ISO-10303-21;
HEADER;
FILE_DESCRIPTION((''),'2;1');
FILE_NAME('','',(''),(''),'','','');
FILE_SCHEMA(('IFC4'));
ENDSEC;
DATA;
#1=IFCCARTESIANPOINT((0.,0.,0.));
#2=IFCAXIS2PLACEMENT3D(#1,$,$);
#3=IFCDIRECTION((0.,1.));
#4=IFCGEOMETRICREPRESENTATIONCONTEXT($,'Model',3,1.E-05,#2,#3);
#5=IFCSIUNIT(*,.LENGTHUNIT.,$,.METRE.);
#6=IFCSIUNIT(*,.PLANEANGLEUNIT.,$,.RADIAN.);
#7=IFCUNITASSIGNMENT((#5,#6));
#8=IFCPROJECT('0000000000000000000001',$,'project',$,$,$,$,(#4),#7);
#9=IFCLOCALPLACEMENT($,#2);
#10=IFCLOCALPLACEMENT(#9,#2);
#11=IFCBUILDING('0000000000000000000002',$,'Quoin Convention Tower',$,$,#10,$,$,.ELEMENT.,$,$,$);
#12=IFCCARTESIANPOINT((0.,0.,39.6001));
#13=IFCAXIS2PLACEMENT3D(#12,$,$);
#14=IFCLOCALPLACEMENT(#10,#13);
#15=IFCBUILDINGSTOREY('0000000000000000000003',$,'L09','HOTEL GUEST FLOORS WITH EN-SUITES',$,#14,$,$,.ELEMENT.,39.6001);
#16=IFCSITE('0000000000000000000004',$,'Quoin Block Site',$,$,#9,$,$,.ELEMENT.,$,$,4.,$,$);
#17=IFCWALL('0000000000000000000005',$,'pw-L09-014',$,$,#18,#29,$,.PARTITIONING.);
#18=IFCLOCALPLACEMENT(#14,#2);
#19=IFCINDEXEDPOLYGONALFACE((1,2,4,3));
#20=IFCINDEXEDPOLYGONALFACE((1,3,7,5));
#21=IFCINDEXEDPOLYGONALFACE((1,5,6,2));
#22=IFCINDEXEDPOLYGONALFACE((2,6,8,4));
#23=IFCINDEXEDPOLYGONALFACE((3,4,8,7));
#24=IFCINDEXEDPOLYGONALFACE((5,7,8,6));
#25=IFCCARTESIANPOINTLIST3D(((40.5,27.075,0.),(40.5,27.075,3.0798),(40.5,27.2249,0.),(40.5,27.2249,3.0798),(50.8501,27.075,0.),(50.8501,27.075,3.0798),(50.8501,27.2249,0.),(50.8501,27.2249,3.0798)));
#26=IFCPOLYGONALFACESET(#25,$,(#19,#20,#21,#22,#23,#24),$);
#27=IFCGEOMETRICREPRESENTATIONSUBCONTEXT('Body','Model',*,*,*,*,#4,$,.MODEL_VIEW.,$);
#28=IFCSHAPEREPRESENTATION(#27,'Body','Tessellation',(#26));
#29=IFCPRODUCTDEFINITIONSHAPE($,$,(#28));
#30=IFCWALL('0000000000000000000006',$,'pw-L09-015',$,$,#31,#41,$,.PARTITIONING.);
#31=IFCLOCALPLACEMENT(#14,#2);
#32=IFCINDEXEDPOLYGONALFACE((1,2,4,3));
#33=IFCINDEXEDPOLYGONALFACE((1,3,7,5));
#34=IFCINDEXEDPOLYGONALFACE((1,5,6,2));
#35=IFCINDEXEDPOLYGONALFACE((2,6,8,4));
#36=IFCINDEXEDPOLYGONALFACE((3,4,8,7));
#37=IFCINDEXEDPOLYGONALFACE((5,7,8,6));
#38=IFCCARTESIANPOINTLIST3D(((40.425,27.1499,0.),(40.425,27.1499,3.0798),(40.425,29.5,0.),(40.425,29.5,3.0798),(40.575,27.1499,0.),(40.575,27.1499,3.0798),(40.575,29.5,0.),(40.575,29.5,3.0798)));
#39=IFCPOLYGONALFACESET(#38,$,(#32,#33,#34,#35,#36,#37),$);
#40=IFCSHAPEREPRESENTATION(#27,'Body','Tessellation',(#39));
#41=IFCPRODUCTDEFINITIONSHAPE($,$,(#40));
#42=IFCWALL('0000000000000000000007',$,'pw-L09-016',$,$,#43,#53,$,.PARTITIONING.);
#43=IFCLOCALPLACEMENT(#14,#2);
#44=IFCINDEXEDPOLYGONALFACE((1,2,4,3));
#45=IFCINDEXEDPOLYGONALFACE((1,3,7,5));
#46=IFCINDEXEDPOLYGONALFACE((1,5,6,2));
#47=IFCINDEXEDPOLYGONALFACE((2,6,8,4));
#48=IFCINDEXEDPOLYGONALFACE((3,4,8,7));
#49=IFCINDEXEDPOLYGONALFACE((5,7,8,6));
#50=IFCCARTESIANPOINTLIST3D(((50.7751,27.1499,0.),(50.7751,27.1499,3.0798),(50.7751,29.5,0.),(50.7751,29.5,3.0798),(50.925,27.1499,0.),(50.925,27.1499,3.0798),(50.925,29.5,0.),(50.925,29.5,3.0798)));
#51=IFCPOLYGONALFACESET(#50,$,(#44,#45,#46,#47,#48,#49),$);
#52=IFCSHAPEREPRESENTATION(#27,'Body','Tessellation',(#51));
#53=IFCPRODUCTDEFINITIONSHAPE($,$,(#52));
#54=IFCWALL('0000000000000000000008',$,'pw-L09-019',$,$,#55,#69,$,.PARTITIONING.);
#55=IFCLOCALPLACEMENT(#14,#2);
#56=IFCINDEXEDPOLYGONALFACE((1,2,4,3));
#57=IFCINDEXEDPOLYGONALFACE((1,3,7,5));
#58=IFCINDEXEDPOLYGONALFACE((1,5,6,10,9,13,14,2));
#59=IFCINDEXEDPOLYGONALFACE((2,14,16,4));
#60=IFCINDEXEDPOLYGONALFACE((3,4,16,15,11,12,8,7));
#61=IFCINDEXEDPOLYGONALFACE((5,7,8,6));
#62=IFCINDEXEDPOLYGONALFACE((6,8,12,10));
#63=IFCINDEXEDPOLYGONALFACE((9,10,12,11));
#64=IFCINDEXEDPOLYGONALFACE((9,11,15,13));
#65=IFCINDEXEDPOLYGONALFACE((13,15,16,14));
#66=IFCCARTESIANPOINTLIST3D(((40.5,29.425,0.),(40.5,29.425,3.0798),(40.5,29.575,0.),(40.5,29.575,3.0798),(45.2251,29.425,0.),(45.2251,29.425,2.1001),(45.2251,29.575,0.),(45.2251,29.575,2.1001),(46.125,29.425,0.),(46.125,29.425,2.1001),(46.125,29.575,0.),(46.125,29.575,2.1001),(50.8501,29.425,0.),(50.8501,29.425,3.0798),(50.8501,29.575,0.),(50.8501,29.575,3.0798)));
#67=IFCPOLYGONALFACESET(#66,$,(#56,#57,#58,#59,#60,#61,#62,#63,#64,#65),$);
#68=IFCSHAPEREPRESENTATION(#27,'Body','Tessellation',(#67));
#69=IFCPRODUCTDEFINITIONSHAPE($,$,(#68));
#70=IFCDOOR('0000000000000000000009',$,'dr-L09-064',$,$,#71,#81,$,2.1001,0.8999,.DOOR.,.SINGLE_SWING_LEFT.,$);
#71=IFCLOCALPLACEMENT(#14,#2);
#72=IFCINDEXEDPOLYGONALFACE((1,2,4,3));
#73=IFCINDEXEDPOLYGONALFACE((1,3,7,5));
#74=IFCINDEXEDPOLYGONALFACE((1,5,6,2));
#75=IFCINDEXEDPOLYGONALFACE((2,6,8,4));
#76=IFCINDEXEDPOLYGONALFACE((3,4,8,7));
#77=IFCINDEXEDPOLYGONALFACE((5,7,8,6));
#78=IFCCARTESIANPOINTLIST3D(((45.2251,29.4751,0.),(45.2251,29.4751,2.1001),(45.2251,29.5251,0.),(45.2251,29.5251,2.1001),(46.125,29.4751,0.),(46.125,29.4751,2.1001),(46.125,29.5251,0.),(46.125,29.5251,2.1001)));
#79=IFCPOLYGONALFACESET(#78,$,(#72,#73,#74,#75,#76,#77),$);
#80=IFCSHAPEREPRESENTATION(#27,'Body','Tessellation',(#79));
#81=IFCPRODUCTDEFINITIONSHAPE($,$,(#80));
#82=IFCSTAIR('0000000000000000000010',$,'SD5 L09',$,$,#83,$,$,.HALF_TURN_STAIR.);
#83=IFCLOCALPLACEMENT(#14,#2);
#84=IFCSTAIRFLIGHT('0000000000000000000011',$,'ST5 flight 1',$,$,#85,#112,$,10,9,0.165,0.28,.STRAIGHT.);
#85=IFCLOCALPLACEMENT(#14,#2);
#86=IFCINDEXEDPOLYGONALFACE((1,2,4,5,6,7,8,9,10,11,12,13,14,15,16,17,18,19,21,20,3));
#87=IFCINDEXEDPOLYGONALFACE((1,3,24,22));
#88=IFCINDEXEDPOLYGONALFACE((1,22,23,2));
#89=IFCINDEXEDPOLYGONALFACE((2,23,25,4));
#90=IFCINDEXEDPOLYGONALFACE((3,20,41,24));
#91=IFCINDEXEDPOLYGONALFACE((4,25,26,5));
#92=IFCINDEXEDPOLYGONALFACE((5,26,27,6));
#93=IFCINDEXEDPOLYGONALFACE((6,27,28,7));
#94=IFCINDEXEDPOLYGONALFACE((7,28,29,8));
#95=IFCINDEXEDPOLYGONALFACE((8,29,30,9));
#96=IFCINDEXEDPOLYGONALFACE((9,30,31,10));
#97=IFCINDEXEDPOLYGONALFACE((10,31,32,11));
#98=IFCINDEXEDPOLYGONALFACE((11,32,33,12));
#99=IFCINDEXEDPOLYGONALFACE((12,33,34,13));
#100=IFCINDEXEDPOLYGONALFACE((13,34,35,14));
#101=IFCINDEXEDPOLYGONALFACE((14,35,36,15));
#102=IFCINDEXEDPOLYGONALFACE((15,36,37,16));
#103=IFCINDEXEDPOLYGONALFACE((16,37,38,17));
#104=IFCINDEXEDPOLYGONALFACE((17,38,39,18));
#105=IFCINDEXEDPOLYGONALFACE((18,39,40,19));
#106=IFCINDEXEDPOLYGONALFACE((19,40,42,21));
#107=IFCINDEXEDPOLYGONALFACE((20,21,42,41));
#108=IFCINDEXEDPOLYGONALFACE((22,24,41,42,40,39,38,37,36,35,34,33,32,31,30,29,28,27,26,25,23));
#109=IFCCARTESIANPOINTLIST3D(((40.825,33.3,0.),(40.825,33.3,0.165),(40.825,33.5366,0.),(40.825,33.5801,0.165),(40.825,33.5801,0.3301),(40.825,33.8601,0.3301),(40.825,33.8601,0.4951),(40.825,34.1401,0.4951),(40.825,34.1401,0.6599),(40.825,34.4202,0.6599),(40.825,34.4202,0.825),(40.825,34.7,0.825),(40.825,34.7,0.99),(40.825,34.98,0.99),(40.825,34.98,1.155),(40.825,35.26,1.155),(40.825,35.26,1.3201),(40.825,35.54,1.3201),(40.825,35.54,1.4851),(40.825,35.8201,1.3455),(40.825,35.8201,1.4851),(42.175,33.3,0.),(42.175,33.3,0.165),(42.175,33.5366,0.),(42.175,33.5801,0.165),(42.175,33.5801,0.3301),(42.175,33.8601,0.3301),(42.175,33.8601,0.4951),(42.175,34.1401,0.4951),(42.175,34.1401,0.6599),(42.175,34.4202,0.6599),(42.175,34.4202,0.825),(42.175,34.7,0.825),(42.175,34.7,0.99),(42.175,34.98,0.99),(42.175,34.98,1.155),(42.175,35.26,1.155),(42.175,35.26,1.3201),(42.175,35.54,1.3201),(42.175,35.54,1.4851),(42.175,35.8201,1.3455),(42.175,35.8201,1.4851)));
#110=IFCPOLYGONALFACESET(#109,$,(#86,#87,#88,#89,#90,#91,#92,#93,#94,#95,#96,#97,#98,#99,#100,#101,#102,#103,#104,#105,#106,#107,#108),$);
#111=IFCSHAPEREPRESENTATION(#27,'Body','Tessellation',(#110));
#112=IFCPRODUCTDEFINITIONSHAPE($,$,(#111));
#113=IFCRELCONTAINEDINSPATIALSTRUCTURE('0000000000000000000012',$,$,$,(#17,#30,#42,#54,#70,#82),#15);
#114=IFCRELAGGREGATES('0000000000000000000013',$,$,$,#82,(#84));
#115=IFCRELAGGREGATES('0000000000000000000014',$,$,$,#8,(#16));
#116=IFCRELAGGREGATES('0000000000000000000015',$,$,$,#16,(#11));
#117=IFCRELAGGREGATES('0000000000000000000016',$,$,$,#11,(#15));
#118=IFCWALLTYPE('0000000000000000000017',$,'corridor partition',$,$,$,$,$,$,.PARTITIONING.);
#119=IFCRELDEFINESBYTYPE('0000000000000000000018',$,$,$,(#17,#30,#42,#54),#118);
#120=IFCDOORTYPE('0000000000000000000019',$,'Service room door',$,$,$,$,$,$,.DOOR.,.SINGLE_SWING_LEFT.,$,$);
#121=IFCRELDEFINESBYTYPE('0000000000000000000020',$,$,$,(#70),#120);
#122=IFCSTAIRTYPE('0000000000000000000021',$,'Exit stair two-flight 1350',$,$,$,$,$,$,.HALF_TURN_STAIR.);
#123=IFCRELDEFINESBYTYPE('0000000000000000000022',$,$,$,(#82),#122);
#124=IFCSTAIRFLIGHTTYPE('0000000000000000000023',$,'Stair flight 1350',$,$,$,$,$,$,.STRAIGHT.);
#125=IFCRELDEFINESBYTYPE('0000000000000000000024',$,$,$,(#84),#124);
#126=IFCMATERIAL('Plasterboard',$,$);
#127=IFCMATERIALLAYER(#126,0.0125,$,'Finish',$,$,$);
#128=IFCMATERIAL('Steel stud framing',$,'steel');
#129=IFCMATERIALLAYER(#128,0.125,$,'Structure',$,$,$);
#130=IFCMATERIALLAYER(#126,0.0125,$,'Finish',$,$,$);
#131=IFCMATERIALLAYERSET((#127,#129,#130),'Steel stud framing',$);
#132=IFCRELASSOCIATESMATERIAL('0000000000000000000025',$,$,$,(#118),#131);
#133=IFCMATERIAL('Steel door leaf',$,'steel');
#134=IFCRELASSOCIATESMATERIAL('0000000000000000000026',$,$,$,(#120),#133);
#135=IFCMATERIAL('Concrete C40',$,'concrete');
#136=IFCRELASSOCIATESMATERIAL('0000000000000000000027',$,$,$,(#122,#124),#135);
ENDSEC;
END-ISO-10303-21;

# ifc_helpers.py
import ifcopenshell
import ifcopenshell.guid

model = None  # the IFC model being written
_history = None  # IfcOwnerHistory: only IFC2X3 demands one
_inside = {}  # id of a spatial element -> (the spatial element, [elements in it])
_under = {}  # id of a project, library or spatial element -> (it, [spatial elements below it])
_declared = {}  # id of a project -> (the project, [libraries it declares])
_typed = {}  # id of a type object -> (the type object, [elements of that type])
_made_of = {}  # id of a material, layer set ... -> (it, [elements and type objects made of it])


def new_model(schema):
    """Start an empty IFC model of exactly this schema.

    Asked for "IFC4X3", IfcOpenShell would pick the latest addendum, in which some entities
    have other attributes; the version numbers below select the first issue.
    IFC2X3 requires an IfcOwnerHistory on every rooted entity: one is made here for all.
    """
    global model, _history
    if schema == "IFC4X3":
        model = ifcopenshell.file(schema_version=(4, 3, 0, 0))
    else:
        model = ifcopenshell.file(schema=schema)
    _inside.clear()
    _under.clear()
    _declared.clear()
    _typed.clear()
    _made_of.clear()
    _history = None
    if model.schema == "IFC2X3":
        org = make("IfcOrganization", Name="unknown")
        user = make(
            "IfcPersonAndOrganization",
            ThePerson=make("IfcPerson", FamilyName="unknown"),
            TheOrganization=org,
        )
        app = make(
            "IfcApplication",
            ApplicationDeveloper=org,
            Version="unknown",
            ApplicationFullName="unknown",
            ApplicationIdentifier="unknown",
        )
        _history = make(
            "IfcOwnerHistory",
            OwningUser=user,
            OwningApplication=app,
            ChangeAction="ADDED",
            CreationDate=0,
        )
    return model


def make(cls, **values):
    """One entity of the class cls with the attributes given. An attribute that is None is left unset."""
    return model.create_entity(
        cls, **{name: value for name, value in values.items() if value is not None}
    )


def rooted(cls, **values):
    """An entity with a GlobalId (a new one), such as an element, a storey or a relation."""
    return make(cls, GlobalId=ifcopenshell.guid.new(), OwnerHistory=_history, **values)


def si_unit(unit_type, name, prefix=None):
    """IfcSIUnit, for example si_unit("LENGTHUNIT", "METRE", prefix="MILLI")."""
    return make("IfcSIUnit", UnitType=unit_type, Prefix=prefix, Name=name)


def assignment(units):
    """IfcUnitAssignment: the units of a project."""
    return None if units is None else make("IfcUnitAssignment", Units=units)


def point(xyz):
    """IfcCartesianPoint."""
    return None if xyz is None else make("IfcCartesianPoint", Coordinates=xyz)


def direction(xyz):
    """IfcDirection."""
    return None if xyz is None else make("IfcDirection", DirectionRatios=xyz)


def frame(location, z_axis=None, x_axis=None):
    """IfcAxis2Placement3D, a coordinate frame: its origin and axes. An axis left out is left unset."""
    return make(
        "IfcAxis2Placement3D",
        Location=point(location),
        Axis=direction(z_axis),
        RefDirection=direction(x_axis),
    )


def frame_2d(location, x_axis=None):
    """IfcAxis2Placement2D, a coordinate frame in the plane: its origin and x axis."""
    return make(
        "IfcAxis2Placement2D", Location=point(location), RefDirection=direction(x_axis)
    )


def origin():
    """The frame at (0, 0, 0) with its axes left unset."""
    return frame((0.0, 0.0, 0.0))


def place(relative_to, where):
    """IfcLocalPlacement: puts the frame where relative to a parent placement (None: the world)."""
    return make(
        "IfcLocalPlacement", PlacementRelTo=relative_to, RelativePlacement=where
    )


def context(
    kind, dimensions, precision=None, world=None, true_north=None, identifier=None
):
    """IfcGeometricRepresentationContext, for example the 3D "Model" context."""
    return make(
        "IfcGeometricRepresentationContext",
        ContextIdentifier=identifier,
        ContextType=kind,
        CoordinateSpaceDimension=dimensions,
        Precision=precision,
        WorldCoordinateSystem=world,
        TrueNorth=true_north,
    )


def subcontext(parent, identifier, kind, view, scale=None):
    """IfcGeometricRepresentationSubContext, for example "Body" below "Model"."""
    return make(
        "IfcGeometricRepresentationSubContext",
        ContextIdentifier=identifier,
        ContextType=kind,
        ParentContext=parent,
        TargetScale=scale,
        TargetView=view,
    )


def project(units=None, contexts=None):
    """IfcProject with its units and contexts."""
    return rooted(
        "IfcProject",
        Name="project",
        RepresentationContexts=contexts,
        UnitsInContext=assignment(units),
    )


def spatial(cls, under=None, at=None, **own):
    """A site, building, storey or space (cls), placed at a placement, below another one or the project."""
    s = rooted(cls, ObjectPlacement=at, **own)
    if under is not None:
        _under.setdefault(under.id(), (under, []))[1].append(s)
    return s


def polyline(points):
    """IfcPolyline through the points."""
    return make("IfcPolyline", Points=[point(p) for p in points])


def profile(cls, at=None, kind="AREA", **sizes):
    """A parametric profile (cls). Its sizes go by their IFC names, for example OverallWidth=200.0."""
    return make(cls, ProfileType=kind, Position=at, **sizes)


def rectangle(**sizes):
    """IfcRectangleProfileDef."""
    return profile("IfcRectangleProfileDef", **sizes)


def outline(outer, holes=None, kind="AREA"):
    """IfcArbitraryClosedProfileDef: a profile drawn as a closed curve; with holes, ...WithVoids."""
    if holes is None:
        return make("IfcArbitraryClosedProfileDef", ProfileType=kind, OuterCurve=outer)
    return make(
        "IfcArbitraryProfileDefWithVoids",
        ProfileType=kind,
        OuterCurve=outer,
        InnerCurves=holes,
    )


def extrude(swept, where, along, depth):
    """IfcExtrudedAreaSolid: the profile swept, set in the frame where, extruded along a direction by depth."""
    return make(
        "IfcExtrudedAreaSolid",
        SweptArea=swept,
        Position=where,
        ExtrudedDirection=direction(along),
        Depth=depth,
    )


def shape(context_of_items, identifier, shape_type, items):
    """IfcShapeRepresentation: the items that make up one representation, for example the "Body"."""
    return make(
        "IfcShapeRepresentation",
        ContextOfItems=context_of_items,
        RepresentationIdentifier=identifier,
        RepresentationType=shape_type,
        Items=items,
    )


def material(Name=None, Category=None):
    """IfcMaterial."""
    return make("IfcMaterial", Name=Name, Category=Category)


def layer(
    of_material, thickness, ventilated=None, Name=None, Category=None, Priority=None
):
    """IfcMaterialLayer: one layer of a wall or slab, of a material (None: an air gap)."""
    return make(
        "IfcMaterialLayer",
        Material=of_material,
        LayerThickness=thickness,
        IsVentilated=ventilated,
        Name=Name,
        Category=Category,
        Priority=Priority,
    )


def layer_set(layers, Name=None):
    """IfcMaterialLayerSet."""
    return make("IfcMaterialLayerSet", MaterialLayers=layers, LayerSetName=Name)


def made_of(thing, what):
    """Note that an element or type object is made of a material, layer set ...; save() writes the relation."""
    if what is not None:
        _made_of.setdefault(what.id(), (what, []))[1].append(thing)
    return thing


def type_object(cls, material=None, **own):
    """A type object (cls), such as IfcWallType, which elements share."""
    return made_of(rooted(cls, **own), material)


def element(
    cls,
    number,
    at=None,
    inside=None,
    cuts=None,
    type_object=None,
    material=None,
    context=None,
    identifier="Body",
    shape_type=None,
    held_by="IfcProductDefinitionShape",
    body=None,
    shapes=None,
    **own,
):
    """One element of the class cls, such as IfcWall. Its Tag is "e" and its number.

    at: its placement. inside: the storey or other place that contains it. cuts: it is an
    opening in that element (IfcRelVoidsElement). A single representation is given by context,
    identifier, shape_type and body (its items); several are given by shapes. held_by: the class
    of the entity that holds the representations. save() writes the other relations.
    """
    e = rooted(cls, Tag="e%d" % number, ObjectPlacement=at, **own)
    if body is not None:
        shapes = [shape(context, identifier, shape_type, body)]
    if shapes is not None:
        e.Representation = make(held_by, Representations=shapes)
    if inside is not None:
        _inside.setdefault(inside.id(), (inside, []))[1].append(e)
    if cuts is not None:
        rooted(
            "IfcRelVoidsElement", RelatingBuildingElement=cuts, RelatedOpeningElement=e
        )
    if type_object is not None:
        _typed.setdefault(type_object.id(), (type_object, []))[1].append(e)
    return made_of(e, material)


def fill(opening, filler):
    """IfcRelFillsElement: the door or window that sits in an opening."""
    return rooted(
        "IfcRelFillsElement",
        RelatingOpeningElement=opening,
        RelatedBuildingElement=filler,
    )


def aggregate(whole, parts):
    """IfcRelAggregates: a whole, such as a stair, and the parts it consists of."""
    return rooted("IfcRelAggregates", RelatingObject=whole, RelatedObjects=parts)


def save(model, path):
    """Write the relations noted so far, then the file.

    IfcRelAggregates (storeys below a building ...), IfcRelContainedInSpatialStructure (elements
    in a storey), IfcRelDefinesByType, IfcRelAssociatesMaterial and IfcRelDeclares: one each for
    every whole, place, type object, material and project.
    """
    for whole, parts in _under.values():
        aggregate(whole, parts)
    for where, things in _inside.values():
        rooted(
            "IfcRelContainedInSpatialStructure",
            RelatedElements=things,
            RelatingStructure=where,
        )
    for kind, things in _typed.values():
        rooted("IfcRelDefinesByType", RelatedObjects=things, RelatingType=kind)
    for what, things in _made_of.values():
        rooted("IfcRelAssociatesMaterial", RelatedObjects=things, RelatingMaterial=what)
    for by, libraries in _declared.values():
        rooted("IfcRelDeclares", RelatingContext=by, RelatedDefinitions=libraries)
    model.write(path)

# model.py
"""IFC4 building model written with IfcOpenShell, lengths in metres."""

from ifc_helpers import new_model, si_unit, direction, frame, frame_2d, origin, place, context, subcontext, project, spatial, polyline, rectangle, outline, extrude, material, layer, layer_set, type_object, element, fill, aggregate, save


model = new_model("IFC4")

# Units and contexts
model_context = context("Model", 3, precision=1e-05, world=origin(), true_north=direction((0.0, 1.0)))
body_context = subcontext(model_context, "Body", "Model", "MODEL_VIEW")
ifc_project = project(units=[si_unit("LENGTHUNIT", "METRE"), si_unit("PLANEANGLEUNIT", "RADIAN")], contexts=[model_context])

# Site, building, storey
site_placement = place(None, origin())
site = spatial("IfcSite", under=ifc_project, at=site_placement, Name="Quoin Block Site", CompositionType="ELEMENT", RefElevation=4.0)
building_placement = place(site_placement, origin())
building = spatial("IfcBuilding", under=site, at=building_placement, Name="Quoin Convention Tower", CompositionType="ELEMENT")
storey_placement = place(building_placement, frame((0.0, 0.0, 39.6001)))
storey = spatial("IfcBuildingStorey", under=building, at=storey_placement, Name="L09", Description="HOTEL GUEST FLOORS WITH EN-SUITES", CompositionType="ELEMENT", Elevation=39.6001)

# Shared definitions
ifc_material_1 = material(Name="Steel door leaf", Category="steel")

# Shared definitions
ifc_material_2 = material(Name="Plasterboard")
ifc_layer_1 = layer(ifc_material_2, 0.0125, Name="Finish")
ifc_material_3 = material(Name="Steel stud framing", Category="steel")
ifc_layer_2 = layer(ifc_material_3, 0.125, Name="Structure")
ifc_layer_3 = layer(ifc_material_2, 0.0125, Name="Finish")
ifc_layer_set_1 = layer_set([ifc_layer_1, ifc_layer_2, ifc_layer_3], Name="Steel stud framing")
wall_type_1 = type_object("IfcWallType", Name="corridor partition", PredefinedType="PARTITIONING", material=ifc_layer_set_1)

# Walls
wall_1_placement = place(storey_placement, frame((40.5, 27.1499, 0.0), z_axis=(0.0, 0.0, 1.0), x_axis=(1.0, 0.0, 0.0)))
element("IfcWall", 1, at=wall_1_placement, inside=storey, type_object=wall_type_1, Name="pw-L09-014", PredefinedType="PARTITIONING", context=body_context, shape_type="SweptSolid", body=[
    extrude(rectangle(XDim=10.3501, YDim=0.1499, at=frame_2d((5.175, 0.0))), origin(), (0.0, 0.0, 1.0), 3.0798),
])
for number, where, z_axis, x_axis, name in (
    (2, (40.5, 27.1499, 0.0), (0.0, 0.0, 1.0), (0.0, 1.0, 0.0), "pw-L09-015"),
    (3, (50.8501, 27.1499, 0.0), (0.0, 0.0, 1.0), (0.0, 1.0, 0.0), "pw-L09-016"),
):
    element("IfcWall", number, at=place(storey_placement, frame(where, z_axis=z_axis, x_axis=x_axis)), inside=storey, type_object=wall_type_1, Name=name, PredefinedType="PARTITIONING", context=body_context, shape_type="SweptSolid", body=[
        extrude(rectangle(XDim=2.3501, YDim=0.1499, at=frame_2d((1.175, 0.0))), origin(), (0.0, 0.0, 1.0), 3.0798),
    ])

# Wall, opening, door
wall_2_placement = place(storey_placement, frame((40.5, 29.5, 0.0), z_axis=(0.0, 0.0, 1.0), x_axis=(1.0, 0.0, 0.0)))
wall_2 = element("IfcWall", 4, at=wall_2_placement, inside=storey, type_object=wall_type_1, Name="pw-L09-019", PredefinedType="PARTITIONING", context=body_context, shape_type="SweptSolid", body=[
    extrude(rectangle(XDim=10.3501, YDim=0.1499, at=frame_2d((5.175, 0.0))), origin(), (0.0, 0.0, 1.0), 3.0798),
])
opening_1_placement = place(wall_2_placement, frame((4.7251, 0.0, 0.0)))
opening_1 = element("IfcOpeningElement", 5, at=opening_1_placement, cuts=wall_2, PredefinedType="OPENING", context=body_context, shape_type="SweptSolid", body=[
    extrude(rectangle(XDim=0.8999, YDim=2.1001, at=frame_2d((0.45, 1.05))), frame((0.0, 0.085, 0.0), z_axis=(0.0, -1.0, 0.0), x_axis=(1.0, 0.0, 0.0)), (0.0, 0.0, 1.0), 0.1699),
])
door_type_1 = type_object("IfcDoorType", Name="Service room door", OperationType="SINGLE_SWING_LEFT", PredefinedType="DOOR", material=ifc_material_1)
door_1_placement = place(opening_1_placement, frame((0.8999, 0.0, 0.0), z_axis=(0.0, 0.0, 1.0), x_axis=(-1.0, 0.0, 0.0)))
door_1 = element("IfcDoor", 6, at=door_1_placement, inside=storey, type_object=door_type_1, Name="dr-L09-064", OperationType="SINGLE_SWING_LEFT", OverallHeight=2.1001, OverallWidth=0.8999, PredefinedType="DOOR", context=body_context, shape_type="SweptSolid", body=[
    extrude(rectangle(XDim=0.8999, YDim=2.1001, at=frame_2d((0.45, 1.05))), frame((0.0, 0.0249, 0.0), z_axis=(0.0, -1.0, 0.0), x_axis=(1.0, 0.0, 0.0)), (0.0, 0.0, 1.0), 0.05),
])
fill(opening_1, door_1)

# Stair, stair flight
ifc_material_4 = material(Name="Concrete C40", Category="concrete")
stair_type = type_object("IfcStairType", Name="Exit stair two-flight 1350", PredefinedType="HALF_TURN_STAIR", material=ifc_material_4)
stair_placement = place(storey_placement, origin())
stair = element("IfcStair", 7, at=stair_placement, inside=storey, type_object=stair_type, Name="SD5 L09", PredefinedType="HALF_TURN_STAIR")
stair_flight_type = type_object("IfcStairFlightType", Name="Stair flight 1350", PredefinedType="STRAIGHT", material=ifc_material_4)
stair_flight_placement = place(storey_placement, frame((41.5, 33.3, 0.0), z_axis=(0.0, 0.0, 1.0), x_axis=(0.0, 1.0, 0.0)))
stair_flight = element("IfcStairFlight", 8, at=stair_flight_placement, type_object=stair_flight_type, Name="ST5 flight 1", NumberOfRisers=10, NumberOfTreads=9, PredefinedType="STRAIGHT", RiserHeight=0.165, TreadLength=0.28, context=body_context, shape_type="SweptSolid", body=[
    extrude(outline(polyline([(0.0, 0.0), (0.0, 0.165), (0.28, 0.165), (0.28, 0.3301), (0.5601, 0.3301), (0.5601, 0.4951), (0.8401, 0.4951), (0.8401, 0.6599), (1.1201, 0.6599), (1.1201, 0.825), (1.3999, 0.825), (1.3999, 0.99), (1.6799, 0.99), (1.6799, 1.155), (1.96, 1.155), (1.96, 1.3201), (2.24, 1.3201), (2.24, 1.4851), (2.52, 1.4851), (2.52, 1.6499), (2.52, 1.3455), (0.2366, 0.0), (0.0, 0.0)])), frame((0.0, 0.675, 0.0), z_axis=(0.0, -1.0, 0.0), x_axis=(1.0, 0.0, 0.0)), (0.0, 0.0, 1.0), 1.3501),
])
aggregate(stair, [stair_flight])

save(model, "model.ifc")
